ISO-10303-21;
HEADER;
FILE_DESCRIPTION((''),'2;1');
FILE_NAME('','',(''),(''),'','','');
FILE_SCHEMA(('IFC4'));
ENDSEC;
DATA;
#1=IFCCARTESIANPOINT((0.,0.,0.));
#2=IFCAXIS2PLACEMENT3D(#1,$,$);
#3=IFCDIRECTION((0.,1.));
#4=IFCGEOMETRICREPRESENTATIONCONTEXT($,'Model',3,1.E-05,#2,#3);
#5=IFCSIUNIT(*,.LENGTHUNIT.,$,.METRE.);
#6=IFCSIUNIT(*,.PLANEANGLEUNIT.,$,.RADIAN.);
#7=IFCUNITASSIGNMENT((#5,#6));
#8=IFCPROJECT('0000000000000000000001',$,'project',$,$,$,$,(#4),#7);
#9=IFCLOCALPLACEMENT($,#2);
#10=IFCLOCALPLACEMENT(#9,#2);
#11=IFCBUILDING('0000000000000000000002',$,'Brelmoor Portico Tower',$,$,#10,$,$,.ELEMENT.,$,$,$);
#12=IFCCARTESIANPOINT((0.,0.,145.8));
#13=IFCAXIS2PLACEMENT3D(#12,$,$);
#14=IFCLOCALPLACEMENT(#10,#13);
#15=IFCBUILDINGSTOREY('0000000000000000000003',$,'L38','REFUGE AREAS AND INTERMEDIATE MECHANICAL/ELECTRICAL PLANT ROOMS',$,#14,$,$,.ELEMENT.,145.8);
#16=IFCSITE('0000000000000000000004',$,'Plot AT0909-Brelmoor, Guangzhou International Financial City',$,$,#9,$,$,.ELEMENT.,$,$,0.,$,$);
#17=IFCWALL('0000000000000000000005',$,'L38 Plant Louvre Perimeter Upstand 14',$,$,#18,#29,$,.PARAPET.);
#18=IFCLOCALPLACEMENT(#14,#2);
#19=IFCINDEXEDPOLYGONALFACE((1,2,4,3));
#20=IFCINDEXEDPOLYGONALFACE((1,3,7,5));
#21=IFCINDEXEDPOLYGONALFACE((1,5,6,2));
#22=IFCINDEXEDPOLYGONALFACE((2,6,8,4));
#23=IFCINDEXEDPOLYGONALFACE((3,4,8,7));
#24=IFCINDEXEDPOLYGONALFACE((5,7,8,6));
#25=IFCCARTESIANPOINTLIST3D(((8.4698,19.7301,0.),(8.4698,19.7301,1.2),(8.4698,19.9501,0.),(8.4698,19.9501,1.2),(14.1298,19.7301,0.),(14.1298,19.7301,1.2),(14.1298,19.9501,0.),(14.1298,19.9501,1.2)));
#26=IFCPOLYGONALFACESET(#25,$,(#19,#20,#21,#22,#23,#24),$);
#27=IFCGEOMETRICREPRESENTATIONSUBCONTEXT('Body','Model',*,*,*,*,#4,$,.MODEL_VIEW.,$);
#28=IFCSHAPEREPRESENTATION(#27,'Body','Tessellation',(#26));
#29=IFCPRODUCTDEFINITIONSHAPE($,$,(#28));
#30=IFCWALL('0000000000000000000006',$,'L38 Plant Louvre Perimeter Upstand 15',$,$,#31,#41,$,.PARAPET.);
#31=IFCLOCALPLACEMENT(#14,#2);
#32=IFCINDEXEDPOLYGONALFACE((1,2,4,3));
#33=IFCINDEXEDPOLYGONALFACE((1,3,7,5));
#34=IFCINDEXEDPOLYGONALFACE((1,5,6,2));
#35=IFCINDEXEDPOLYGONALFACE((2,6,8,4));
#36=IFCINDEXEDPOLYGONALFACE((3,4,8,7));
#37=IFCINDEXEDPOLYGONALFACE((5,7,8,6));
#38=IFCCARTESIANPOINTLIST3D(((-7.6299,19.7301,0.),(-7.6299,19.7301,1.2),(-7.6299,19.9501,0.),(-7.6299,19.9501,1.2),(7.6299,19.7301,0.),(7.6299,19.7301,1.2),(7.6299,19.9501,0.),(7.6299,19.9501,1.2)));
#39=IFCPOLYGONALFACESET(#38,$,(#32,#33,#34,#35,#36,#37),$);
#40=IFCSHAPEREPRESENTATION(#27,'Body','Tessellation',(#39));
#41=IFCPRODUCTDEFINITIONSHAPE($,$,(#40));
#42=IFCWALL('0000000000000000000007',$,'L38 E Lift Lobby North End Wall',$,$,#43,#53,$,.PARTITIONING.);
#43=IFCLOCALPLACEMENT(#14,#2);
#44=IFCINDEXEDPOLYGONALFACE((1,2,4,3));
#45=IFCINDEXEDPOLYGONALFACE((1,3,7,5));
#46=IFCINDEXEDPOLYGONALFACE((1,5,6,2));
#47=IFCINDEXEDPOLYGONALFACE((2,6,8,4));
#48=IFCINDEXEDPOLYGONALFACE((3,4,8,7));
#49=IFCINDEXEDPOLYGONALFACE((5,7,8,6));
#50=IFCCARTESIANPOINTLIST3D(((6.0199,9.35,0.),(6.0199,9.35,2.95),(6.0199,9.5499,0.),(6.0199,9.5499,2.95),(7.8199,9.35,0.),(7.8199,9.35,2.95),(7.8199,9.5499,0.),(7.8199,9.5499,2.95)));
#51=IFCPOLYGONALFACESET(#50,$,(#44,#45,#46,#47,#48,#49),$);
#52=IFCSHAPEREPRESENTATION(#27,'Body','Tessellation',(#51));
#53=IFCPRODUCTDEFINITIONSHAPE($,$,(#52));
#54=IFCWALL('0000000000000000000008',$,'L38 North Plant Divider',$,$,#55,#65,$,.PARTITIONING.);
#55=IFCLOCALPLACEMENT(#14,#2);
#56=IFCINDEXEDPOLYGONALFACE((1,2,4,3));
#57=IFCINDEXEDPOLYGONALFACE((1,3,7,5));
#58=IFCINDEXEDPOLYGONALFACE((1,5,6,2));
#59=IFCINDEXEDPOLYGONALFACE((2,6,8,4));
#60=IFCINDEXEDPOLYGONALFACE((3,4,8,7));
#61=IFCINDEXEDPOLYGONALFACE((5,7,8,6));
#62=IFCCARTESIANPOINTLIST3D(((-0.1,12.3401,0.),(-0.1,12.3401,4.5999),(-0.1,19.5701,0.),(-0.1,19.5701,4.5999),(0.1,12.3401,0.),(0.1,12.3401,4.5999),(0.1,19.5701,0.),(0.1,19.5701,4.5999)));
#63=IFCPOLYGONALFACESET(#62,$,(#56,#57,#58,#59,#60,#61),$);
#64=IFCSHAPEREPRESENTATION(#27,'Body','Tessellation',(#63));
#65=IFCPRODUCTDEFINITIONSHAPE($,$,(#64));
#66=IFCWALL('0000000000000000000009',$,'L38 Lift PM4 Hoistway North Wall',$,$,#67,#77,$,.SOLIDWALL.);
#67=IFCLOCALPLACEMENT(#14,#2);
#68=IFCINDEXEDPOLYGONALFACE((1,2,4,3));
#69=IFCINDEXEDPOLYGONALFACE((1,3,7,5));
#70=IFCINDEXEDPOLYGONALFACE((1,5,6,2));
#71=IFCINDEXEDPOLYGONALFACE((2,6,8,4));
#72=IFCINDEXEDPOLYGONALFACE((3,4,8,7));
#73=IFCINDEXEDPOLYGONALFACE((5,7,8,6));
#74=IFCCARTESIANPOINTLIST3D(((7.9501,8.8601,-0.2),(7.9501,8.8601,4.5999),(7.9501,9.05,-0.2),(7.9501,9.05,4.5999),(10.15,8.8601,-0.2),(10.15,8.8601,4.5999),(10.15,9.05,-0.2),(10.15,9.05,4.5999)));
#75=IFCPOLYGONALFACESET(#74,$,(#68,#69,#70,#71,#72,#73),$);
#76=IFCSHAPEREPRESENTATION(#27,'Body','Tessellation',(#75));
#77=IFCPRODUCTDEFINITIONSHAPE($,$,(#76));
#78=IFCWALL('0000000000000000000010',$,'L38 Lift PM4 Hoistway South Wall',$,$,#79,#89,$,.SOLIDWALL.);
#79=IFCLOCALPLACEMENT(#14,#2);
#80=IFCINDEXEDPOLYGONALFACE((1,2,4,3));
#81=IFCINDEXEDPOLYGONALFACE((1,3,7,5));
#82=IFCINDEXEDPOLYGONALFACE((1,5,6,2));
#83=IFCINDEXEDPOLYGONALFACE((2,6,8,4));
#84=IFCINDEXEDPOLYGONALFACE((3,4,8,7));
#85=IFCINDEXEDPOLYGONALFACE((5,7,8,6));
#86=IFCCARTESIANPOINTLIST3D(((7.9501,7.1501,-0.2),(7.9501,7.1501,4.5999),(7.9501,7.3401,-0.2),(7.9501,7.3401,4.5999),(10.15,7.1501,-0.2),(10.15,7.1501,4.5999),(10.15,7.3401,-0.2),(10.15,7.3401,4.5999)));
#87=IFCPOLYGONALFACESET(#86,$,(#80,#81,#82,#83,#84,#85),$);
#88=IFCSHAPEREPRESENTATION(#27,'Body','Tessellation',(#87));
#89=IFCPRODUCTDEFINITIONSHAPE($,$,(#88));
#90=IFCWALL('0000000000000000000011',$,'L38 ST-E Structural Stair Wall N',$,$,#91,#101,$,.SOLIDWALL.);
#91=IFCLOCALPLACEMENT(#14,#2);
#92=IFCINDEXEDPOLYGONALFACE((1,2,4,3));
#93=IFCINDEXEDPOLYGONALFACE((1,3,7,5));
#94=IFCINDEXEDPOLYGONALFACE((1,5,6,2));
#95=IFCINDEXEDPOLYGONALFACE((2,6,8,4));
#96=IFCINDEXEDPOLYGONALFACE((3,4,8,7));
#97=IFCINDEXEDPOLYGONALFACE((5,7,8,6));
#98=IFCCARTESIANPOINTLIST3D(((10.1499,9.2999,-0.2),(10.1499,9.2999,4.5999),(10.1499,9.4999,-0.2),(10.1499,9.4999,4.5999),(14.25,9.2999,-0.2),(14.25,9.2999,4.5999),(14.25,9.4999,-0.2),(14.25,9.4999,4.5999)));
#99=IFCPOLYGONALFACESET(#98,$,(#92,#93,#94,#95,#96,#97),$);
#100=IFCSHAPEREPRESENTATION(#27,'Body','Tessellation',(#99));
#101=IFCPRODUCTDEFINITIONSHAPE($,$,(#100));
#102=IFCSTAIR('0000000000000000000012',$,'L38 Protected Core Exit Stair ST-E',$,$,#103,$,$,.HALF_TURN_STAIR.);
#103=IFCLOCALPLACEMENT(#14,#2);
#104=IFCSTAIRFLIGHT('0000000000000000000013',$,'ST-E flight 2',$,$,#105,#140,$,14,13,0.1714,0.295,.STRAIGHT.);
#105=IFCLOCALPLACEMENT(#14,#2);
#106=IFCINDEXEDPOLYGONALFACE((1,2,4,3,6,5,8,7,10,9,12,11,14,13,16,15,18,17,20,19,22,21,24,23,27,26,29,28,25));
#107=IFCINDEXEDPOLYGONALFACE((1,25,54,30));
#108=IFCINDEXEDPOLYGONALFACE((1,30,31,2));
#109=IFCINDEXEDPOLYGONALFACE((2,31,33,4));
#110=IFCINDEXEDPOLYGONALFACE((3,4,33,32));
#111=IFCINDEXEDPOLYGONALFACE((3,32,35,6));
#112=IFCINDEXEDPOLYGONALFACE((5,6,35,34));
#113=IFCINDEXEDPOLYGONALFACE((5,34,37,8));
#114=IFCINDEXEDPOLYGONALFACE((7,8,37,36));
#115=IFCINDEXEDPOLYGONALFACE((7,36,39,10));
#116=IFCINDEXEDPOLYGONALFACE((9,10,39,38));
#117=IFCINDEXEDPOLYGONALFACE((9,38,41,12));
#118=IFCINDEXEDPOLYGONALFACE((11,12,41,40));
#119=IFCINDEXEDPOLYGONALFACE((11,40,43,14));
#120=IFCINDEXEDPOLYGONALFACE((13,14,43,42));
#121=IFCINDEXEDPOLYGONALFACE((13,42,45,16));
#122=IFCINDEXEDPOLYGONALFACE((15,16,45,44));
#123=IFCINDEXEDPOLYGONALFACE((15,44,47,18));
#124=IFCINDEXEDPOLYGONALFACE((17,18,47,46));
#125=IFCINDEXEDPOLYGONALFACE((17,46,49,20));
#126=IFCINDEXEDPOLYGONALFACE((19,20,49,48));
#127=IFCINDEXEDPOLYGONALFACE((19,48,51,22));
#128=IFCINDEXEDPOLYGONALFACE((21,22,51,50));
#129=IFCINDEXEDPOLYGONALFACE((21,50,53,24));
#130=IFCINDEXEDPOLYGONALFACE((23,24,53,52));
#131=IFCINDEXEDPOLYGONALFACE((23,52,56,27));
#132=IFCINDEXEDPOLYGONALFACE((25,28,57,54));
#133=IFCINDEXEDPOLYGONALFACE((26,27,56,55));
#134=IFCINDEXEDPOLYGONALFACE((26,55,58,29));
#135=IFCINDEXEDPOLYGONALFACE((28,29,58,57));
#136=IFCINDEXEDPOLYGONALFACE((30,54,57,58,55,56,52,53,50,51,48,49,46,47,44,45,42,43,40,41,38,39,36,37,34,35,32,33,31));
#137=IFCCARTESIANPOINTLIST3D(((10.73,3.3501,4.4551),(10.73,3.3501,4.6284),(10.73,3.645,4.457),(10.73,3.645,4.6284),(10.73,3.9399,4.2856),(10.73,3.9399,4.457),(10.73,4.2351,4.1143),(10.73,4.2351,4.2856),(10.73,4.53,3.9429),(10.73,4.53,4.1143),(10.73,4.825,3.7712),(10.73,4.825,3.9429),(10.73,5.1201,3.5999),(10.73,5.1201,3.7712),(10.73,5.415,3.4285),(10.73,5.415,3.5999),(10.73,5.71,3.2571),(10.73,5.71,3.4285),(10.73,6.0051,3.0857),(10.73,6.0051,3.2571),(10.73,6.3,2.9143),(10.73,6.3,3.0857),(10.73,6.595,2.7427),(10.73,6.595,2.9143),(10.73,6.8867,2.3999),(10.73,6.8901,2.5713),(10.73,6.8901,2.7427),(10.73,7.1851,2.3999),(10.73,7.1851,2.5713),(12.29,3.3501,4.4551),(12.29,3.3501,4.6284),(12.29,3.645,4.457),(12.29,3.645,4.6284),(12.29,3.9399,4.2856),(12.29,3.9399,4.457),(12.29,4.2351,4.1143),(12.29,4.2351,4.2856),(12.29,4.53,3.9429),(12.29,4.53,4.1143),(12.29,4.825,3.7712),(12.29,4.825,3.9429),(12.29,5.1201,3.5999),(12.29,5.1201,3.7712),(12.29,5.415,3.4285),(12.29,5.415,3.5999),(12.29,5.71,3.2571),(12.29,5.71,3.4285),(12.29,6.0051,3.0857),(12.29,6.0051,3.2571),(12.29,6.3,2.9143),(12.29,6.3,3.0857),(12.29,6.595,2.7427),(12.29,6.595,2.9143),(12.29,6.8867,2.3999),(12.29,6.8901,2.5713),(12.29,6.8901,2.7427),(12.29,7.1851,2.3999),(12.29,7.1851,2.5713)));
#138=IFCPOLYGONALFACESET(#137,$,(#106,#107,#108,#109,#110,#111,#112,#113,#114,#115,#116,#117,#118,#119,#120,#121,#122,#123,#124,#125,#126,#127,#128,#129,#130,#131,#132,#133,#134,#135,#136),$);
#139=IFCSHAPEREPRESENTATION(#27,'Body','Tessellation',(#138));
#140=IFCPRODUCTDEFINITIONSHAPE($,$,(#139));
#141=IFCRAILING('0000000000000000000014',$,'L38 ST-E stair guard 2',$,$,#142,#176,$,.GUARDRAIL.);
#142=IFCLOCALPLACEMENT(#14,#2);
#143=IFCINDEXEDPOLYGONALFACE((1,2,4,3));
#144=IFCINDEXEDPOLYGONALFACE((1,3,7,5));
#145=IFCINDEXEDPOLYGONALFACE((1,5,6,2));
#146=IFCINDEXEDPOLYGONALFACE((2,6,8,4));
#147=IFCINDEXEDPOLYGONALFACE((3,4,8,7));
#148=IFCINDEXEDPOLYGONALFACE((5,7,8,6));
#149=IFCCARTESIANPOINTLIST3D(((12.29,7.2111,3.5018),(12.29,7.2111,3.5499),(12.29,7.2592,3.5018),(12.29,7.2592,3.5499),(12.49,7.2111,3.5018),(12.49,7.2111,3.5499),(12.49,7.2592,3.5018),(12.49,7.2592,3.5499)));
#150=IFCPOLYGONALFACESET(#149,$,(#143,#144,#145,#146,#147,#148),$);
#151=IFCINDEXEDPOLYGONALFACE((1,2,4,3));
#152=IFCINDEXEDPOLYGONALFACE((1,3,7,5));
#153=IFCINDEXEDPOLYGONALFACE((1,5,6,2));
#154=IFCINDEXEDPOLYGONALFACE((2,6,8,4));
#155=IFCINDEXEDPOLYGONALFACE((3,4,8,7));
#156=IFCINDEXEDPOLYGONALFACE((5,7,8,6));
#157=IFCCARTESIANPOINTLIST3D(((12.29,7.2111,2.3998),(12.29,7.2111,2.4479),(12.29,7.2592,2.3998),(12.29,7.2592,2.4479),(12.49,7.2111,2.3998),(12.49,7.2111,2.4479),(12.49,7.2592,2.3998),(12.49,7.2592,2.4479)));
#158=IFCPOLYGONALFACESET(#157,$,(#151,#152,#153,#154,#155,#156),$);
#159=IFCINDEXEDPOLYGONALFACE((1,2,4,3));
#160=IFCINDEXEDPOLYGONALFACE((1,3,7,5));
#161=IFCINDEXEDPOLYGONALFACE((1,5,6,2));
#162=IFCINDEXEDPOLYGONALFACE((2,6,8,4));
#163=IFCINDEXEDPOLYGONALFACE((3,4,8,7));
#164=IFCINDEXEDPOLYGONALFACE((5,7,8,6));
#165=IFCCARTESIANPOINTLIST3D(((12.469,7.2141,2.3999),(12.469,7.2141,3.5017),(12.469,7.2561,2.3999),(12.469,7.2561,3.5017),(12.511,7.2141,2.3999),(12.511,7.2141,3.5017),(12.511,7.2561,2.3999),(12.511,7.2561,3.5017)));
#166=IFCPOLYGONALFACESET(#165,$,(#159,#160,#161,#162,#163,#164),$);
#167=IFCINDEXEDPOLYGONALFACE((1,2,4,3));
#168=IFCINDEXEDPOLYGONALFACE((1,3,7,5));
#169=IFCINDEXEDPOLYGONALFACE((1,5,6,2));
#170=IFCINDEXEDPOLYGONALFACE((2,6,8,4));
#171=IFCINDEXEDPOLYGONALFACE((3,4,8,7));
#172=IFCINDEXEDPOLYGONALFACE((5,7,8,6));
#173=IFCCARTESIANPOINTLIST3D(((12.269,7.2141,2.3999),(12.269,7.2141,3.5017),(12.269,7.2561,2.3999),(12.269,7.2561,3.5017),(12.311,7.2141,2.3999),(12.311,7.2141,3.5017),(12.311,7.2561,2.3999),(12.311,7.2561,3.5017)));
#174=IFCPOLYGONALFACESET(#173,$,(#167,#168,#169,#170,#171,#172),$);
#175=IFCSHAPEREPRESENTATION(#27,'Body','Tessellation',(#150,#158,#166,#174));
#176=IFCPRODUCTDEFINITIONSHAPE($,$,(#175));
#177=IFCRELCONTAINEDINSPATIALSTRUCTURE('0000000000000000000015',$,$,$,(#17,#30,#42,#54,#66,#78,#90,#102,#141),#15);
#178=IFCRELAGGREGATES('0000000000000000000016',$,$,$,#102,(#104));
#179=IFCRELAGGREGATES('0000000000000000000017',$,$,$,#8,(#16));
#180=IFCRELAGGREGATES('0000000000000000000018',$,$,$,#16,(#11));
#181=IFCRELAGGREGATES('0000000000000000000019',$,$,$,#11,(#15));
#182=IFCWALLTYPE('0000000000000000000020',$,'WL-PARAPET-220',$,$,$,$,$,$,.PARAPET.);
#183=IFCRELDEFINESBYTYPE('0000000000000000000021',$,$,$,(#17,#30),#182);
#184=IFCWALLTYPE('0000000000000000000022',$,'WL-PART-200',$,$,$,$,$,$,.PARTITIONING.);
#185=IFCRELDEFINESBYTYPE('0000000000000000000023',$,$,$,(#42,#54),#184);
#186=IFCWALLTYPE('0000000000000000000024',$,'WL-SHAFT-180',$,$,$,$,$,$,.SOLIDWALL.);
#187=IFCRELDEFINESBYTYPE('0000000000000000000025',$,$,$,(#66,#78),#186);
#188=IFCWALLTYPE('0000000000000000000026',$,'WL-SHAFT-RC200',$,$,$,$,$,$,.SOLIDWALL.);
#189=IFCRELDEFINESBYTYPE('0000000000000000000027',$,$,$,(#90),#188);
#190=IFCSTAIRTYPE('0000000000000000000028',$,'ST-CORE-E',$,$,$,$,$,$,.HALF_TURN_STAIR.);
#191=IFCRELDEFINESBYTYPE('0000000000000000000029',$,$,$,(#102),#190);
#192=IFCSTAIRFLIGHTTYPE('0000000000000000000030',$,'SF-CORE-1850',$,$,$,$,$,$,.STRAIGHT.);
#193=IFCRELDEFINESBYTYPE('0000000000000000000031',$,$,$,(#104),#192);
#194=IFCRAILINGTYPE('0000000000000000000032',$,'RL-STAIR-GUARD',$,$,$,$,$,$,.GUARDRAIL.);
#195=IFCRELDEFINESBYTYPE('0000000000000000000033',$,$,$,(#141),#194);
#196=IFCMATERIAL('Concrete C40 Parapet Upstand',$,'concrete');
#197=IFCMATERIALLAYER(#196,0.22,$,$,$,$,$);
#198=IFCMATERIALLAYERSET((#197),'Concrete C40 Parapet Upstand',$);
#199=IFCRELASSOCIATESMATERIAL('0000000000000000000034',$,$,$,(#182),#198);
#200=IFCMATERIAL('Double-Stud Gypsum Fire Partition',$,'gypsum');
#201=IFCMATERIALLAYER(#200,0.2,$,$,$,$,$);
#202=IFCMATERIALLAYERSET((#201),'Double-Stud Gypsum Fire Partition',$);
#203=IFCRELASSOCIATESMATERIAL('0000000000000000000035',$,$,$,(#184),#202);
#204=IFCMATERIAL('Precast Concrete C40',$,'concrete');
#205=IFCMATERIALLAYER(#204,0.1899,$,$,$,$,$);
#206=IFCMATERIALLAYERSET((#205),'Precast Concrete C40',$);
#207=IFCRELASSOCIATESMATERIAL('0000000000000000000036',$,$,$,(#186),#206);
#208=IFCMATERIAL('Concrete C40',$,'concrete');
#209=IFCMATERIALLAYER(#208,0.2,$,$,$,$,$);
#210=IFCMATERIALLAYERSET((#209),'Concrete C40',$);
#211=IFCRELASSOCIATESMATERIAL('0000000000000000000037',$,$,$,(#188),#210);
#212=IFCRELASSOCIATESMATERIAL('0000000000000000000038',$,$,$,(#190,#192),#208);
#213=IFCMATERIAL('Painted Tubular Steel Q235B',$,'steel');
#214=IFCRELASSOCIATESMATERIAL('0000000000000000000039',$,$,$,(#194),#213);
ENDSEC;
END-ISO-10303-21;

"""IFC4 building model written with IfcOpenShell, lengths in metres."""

from ifc_helpers import new_model, si_unit, direction, frame, frame_2d, origin, origin_2d, place, context, subcontext, project, spatial, polyline, rectangle, outline, extrude, material, layer, layer_set, type_object, element, aggregate, save


model = new_model("IFC4")

# Units and contexts
model_context = context("Model", 3, precision=1e-05, world=origin(), true_north=direction((0.0, 1.0)))
body_context = subcontext(model_context, "Body", "Model", "MODEL_VIEW")
ifc_project = project(units=[si_unit("LENGTHUNIT", "METRE"), si_unit("PLANEANGLEUNIT", "RADIAN")], contexts=[model_context])

# Site, building, storey
site_placement = place(None, origin())
site = spatial("IfcSite", under=ifc_project, at=site_placement, Name="Plot AT0909-Brelmoor, Guangzhou International Financial City", CompositionType="ELEMENT", RefElevation=0.0)
building_placement = place(site_placement, origin())
building = spatial("IfcBuilding", under=site, at=building_placement, Name="Brelmoor Portico Tower", CompositionType="ELEMENT")
storey_placement = place(building_placement, frame((0.0, 0.0, 145.8)))
storey = spatial("IfcBuildingStorey", under=building, at=storey_placement, Name="L38", Description="REFUGE AREAS AND INTERMEDIATE MECHANICAL/ELECTRICAL PLANT ROOMS", CompositionType="ELEMENT", Elevation=145.8)

# Walls
ifc_material_1 = material(Name="Concrete C40 Parapet Upstand", Category="concrete")
ifc_layer_1 = layer(ifc_material_1, 0.22)
ifc_layer_set_1 = layer_set([ifc_layer_1], Name="Concrete C40 Parapet Upstand")
wall_type_1 = type_object("IfcWallType", Name="WL-PARAPET-220", PredefinedType="PARAPET", material=ifc_layer_set_1)
wall_1_placement = place(storey_placement, frame((14.1299, 19.8401, 0.0), z_axis=(0.0, 0.0, 1.0), x_axis=(-1.0, 0.0, 0.0)))
element("IfcWall", 1, at=wall_1_placement, inside=storey, type_object=wall_type_1, Name="L38 Plant Louvre Perimeter Upstand 14", PredefinedType="PARAPET", context=body_context, shape_type="SweptSolid", body=[
    extrude(rectangle(XDim=5.6599, YDim=0.22, at=frame_2d((2.8301, 0.0))), origin(), (0.0, 0.0, 1.0), 1.2),
])
wall_2_placement = place(storey_placement, frame((7.6299, 19.8401, 0.0), z_axis=(0.0, 0.0, 1.0), x_axis=(-1.0, 0.0, 0.0)))
element("IfcWall", 2, at=wall_2_placement, inside=storey, type_object=wall_type_1, Name="L38 Plant Louvre Perimeter Upstand 15", PredefinedType="PARAPET", context=body_context, shape_type="SweptSolid", body=[
    extrude(rectangle(XDim=15.2598, YDim=0.22, at=frame_2d((7.6299, 0.0))), origin(), (0.0, 0.0, 1.0), 1.2),
])
ifc_material_2 = material(Name="Double-Stud Gypsum Fire Partition", Category="gypsum")
ifc_layer_2 = layer(ifc_material_2, 0.2)
ifc_layer_set_2 = layer_set([ifc_layer_2], Name="Double-Stud Gypsum Fire Partition")
wall_type_2 = type_object("IfcWallType", Name="WL-PART-200", PredefinedType="PARTITIONING", material=ifc_layer_set_2)
wall_3_placement = place(storey_placement, frame((6.02, 9.45, 0.0), z_axis=(0.0, 0.0, 1.0), x_axis=(1.0, 0.0, 0.0)))
element("IfcWall", 3, at=wall_3_placement, inside=storey, type_object=wall_type_2, Name="L38 E Lift Lobby North End Wall", PredefinedType="PARTITIONING", context=body_context, shape_type="SweptSolid", body=[
    extrude(rectangle(XDim=1.8, YDim=0.2, at=frame_2d((0.8999, 0.0))), origin(), (0.0, 0.0, 1.0), 2.95),
])
wall_4_placement = place(storey_placement, frame((0.0, 12.3401, 0.0), z_axis=(0.0, 0.0, 1.0), x_axis=(0.0, 1.0, 0.0)))
element("IfcWall", 4, at=wall_4_placement, inside=storey, type_object=wall_type_2, Name="L38 North Plant Divider", PredefinedType="PARTITIONING", context=body_context, shape_type="SweptSolid", body=[
    extrude(rectangle(XDim=7.23, YDim=0.2, at=frame_2d((3.615, 0.0))), origin(), (0.0, 0.0, 1.0), 4.5999),
])
ifc_material_3 = material(Name="Precast Concrete C40", Category="concrete")
ifc_layer_3 = layer(ifc_material_3, 0.1899)
ifc_layer_set_3 = layer_set([ifc_layer_3], Name="Precast Concrete C40")
wall_type_3 = type_object("IfcWallType", Name="WL-SHAFT-180", PredefinedType="SOLIDWALL", material=ifc_layer_set_3)
for number, where, z_axis, x_axis, name in (
    (5, (7.95, 8.9551, -0.2), (0.0, 0.0, 1.0), (1.0, 0.0, 0.0), "L38 Lift PM4 Hoistway North Wall"),
    (6, (7.95, 7.2451, -0.2), (0.0, 0.0, 1.0), (1.0, 0.0, 0.0), "L38 Lift PM4 Hoistway South Wall"),
):
    element("IfcWall", number, at=place(storey_placement, frame(where, z_axis=z_axis, x_axis=x_axis)), inside=storey, type_object=wall_type_3, Name=name, PredefinedType="SOLIDWALL", context=body_context, shape_type="SweptSolid", body=[
        extrude(rectangle(XDim=2.2, YDim=0.1899, at=frame_2d((1.1001, 0.0))), origin(), (0.0, 0.0, 1.0), 4.7998),
    ])
ifc_material_4 = material(Name="Concrete C40", Category="concrete")
ifc_layer_4 = layer(ifc_material_4, 0.2)
ifc_layer_set_4 = layer_set([ifc_layer_4], Name="Concrete C40")
wall_type_4 = type_object("IfcWallType", Name="WL-SHAFT-RC200", PredefinedType="SOLIDWALL", material=ifc_layer_set_4)
wall_5_placement = place(storey_placement, frame((10.1499, 9.3999, -0.2), z_axis=(0.0, 0.0, 1.0), x_axis=(1.0, 0.0, 0.0)))
element("IfcWall", 7, at=wall_5_placement, inside=storey, type_object=wall_type_4, Name="L38 ST-E Structural Stair Wall N", PredefinedType="SOLIDWALL", context=body_context, shape_type="SweptSolid", body=[
    extrude(rectangle(XDim=4.1001, YDim=0.2, at=frame_2d((2.05, 0.0))), origin(), (0.0, 0.0, 1.0), 4.7998),
])

# Stair, stair flight
stair_type = type_object("IfcStairType", Name="ST-CORE-E", PredefinedType="HALF_TURN_STAIR", material=ifc_material_4)
stair_placement = place(storey_placement, origin())
stair = element("IfcStair", 8, at=stair_placement, inside=storey, type_object=stair_type, Name="L38 Protected Core Exit Stair ST-E", PredefinedType="HALF_TURN_STAIR")
stair_flight_type = type_object("IfcStairFlightType", Name="SF-CORE-1850", PredefinedType="STRAIGHT", material=ifc_material_4)
stair_flight_placement = place(storey_placement, frame((11.51, 7.1851, 2.3999), z_axis=(0.0, 0.0, 1.0), x_axis=(0.0, -1.0, 0.0)))
stair_flight = element("IfcStairFlight", 9, at=stair_flight_placement, type_object=stair_flight_type, Name="ST-E flight 2", NumberOfRisers=14, NumberOfTreads=13, PredefinedType="STRAIGHT", RiserHeight=0.1714, TreadLength=0.295, context=body_context, shape_type="SweptSolid", body=[
    extrude(outline(polyline([(0.0, 0.0), (0.0, 0.1714), (0.2949, 0.1714), (0.2949, 0.3428), (0.5901, 0.3428), (0.5901, 0.5144), (0.885, 0.5144), (0.885, 0.6858), (1.1799, 0.6858), (1.1799, 0.8572), (1.4751, 0.8572), (1.4751, 1.0286), (1.77, 1.0286), (1.77, 1.2), (2.0649, 1.2), (2.0649, 1.3713), (2.3601, 1.3713), (2.3601, 1.543), (2.655, 1.543), (2.655, 1.7144), (2.95, 1.7144), (2.95, 1.8857), (3.2451, 1.8857), (3.2451, 2.0571), (3.54, 2.0571), (3.54, 2.2285), (3.835, 2.2285), (3.835, 2.3999), (3.835, 2.0552), (0.2983, 0.0), (0.0, 0.0)])), frame((0.0, 0.78, 0.0), z_axis=(0.0, -1.0, 0.0), x_axis=(1.0, 0.0, 0.0)), (0.0, 0.0, 1.0), 1.5601),
])
aggregate(stair, [stair_flight])

# Railing
ifc_material_5 = material(Name="Painted Tubular Steel Q235B", Category="steel")
railing_type = type_object("IfcRailingType", Name="RL-STAIR-GUARD", PredefinedType="GUARDRAIL", material=ifc_material_5)
railing_1_placement = place(storey_placement, frame((12.49, 7.2351, 2.3999)))
element("IfcRailing", 10, at=railing_1_placement, inside=storey, type_object=railing_type, Name="L38 ST-E stair guard 2", PredefinedType="GUARDRAIL", context=body_context, shape_type="SweptSolid", body=[
    extrude(rectangle(XDim=0.0481, YDim=0.0481, at=origin_2d()), frame((0.0, 0.0, 1.126), z_axis=(-1.0, 0.0, 0.0), x_axis=(0.0, -1.0, 0.0)), (0.0, 0.0, 1.0), 0.2),
    extrude(rectangle(XDim=0.0481, YDim=0.0481, at=origin_2d()), frame((0.0, 0.0, 0.0239), z_axis=(-1.0, 0.0, 0.0), x_axis=(0.0, -1.0, 0.0)), (0.0, 0.0, 1.0), 0.2),
    extrude(rectangle(XDim=0.042, YDim=0.042, at=origin_2d()), origin(), (0.0, 0.0, 1.0), 1.1018),
    extrude(rectangle(XDim=0.042, YDim=0.042, at=origin_2d()), frame((-0.2, 0.0, 0.0)), (0.0, 0.0, 1.0), 1.1018),
])

save(model, "model.ifc")
